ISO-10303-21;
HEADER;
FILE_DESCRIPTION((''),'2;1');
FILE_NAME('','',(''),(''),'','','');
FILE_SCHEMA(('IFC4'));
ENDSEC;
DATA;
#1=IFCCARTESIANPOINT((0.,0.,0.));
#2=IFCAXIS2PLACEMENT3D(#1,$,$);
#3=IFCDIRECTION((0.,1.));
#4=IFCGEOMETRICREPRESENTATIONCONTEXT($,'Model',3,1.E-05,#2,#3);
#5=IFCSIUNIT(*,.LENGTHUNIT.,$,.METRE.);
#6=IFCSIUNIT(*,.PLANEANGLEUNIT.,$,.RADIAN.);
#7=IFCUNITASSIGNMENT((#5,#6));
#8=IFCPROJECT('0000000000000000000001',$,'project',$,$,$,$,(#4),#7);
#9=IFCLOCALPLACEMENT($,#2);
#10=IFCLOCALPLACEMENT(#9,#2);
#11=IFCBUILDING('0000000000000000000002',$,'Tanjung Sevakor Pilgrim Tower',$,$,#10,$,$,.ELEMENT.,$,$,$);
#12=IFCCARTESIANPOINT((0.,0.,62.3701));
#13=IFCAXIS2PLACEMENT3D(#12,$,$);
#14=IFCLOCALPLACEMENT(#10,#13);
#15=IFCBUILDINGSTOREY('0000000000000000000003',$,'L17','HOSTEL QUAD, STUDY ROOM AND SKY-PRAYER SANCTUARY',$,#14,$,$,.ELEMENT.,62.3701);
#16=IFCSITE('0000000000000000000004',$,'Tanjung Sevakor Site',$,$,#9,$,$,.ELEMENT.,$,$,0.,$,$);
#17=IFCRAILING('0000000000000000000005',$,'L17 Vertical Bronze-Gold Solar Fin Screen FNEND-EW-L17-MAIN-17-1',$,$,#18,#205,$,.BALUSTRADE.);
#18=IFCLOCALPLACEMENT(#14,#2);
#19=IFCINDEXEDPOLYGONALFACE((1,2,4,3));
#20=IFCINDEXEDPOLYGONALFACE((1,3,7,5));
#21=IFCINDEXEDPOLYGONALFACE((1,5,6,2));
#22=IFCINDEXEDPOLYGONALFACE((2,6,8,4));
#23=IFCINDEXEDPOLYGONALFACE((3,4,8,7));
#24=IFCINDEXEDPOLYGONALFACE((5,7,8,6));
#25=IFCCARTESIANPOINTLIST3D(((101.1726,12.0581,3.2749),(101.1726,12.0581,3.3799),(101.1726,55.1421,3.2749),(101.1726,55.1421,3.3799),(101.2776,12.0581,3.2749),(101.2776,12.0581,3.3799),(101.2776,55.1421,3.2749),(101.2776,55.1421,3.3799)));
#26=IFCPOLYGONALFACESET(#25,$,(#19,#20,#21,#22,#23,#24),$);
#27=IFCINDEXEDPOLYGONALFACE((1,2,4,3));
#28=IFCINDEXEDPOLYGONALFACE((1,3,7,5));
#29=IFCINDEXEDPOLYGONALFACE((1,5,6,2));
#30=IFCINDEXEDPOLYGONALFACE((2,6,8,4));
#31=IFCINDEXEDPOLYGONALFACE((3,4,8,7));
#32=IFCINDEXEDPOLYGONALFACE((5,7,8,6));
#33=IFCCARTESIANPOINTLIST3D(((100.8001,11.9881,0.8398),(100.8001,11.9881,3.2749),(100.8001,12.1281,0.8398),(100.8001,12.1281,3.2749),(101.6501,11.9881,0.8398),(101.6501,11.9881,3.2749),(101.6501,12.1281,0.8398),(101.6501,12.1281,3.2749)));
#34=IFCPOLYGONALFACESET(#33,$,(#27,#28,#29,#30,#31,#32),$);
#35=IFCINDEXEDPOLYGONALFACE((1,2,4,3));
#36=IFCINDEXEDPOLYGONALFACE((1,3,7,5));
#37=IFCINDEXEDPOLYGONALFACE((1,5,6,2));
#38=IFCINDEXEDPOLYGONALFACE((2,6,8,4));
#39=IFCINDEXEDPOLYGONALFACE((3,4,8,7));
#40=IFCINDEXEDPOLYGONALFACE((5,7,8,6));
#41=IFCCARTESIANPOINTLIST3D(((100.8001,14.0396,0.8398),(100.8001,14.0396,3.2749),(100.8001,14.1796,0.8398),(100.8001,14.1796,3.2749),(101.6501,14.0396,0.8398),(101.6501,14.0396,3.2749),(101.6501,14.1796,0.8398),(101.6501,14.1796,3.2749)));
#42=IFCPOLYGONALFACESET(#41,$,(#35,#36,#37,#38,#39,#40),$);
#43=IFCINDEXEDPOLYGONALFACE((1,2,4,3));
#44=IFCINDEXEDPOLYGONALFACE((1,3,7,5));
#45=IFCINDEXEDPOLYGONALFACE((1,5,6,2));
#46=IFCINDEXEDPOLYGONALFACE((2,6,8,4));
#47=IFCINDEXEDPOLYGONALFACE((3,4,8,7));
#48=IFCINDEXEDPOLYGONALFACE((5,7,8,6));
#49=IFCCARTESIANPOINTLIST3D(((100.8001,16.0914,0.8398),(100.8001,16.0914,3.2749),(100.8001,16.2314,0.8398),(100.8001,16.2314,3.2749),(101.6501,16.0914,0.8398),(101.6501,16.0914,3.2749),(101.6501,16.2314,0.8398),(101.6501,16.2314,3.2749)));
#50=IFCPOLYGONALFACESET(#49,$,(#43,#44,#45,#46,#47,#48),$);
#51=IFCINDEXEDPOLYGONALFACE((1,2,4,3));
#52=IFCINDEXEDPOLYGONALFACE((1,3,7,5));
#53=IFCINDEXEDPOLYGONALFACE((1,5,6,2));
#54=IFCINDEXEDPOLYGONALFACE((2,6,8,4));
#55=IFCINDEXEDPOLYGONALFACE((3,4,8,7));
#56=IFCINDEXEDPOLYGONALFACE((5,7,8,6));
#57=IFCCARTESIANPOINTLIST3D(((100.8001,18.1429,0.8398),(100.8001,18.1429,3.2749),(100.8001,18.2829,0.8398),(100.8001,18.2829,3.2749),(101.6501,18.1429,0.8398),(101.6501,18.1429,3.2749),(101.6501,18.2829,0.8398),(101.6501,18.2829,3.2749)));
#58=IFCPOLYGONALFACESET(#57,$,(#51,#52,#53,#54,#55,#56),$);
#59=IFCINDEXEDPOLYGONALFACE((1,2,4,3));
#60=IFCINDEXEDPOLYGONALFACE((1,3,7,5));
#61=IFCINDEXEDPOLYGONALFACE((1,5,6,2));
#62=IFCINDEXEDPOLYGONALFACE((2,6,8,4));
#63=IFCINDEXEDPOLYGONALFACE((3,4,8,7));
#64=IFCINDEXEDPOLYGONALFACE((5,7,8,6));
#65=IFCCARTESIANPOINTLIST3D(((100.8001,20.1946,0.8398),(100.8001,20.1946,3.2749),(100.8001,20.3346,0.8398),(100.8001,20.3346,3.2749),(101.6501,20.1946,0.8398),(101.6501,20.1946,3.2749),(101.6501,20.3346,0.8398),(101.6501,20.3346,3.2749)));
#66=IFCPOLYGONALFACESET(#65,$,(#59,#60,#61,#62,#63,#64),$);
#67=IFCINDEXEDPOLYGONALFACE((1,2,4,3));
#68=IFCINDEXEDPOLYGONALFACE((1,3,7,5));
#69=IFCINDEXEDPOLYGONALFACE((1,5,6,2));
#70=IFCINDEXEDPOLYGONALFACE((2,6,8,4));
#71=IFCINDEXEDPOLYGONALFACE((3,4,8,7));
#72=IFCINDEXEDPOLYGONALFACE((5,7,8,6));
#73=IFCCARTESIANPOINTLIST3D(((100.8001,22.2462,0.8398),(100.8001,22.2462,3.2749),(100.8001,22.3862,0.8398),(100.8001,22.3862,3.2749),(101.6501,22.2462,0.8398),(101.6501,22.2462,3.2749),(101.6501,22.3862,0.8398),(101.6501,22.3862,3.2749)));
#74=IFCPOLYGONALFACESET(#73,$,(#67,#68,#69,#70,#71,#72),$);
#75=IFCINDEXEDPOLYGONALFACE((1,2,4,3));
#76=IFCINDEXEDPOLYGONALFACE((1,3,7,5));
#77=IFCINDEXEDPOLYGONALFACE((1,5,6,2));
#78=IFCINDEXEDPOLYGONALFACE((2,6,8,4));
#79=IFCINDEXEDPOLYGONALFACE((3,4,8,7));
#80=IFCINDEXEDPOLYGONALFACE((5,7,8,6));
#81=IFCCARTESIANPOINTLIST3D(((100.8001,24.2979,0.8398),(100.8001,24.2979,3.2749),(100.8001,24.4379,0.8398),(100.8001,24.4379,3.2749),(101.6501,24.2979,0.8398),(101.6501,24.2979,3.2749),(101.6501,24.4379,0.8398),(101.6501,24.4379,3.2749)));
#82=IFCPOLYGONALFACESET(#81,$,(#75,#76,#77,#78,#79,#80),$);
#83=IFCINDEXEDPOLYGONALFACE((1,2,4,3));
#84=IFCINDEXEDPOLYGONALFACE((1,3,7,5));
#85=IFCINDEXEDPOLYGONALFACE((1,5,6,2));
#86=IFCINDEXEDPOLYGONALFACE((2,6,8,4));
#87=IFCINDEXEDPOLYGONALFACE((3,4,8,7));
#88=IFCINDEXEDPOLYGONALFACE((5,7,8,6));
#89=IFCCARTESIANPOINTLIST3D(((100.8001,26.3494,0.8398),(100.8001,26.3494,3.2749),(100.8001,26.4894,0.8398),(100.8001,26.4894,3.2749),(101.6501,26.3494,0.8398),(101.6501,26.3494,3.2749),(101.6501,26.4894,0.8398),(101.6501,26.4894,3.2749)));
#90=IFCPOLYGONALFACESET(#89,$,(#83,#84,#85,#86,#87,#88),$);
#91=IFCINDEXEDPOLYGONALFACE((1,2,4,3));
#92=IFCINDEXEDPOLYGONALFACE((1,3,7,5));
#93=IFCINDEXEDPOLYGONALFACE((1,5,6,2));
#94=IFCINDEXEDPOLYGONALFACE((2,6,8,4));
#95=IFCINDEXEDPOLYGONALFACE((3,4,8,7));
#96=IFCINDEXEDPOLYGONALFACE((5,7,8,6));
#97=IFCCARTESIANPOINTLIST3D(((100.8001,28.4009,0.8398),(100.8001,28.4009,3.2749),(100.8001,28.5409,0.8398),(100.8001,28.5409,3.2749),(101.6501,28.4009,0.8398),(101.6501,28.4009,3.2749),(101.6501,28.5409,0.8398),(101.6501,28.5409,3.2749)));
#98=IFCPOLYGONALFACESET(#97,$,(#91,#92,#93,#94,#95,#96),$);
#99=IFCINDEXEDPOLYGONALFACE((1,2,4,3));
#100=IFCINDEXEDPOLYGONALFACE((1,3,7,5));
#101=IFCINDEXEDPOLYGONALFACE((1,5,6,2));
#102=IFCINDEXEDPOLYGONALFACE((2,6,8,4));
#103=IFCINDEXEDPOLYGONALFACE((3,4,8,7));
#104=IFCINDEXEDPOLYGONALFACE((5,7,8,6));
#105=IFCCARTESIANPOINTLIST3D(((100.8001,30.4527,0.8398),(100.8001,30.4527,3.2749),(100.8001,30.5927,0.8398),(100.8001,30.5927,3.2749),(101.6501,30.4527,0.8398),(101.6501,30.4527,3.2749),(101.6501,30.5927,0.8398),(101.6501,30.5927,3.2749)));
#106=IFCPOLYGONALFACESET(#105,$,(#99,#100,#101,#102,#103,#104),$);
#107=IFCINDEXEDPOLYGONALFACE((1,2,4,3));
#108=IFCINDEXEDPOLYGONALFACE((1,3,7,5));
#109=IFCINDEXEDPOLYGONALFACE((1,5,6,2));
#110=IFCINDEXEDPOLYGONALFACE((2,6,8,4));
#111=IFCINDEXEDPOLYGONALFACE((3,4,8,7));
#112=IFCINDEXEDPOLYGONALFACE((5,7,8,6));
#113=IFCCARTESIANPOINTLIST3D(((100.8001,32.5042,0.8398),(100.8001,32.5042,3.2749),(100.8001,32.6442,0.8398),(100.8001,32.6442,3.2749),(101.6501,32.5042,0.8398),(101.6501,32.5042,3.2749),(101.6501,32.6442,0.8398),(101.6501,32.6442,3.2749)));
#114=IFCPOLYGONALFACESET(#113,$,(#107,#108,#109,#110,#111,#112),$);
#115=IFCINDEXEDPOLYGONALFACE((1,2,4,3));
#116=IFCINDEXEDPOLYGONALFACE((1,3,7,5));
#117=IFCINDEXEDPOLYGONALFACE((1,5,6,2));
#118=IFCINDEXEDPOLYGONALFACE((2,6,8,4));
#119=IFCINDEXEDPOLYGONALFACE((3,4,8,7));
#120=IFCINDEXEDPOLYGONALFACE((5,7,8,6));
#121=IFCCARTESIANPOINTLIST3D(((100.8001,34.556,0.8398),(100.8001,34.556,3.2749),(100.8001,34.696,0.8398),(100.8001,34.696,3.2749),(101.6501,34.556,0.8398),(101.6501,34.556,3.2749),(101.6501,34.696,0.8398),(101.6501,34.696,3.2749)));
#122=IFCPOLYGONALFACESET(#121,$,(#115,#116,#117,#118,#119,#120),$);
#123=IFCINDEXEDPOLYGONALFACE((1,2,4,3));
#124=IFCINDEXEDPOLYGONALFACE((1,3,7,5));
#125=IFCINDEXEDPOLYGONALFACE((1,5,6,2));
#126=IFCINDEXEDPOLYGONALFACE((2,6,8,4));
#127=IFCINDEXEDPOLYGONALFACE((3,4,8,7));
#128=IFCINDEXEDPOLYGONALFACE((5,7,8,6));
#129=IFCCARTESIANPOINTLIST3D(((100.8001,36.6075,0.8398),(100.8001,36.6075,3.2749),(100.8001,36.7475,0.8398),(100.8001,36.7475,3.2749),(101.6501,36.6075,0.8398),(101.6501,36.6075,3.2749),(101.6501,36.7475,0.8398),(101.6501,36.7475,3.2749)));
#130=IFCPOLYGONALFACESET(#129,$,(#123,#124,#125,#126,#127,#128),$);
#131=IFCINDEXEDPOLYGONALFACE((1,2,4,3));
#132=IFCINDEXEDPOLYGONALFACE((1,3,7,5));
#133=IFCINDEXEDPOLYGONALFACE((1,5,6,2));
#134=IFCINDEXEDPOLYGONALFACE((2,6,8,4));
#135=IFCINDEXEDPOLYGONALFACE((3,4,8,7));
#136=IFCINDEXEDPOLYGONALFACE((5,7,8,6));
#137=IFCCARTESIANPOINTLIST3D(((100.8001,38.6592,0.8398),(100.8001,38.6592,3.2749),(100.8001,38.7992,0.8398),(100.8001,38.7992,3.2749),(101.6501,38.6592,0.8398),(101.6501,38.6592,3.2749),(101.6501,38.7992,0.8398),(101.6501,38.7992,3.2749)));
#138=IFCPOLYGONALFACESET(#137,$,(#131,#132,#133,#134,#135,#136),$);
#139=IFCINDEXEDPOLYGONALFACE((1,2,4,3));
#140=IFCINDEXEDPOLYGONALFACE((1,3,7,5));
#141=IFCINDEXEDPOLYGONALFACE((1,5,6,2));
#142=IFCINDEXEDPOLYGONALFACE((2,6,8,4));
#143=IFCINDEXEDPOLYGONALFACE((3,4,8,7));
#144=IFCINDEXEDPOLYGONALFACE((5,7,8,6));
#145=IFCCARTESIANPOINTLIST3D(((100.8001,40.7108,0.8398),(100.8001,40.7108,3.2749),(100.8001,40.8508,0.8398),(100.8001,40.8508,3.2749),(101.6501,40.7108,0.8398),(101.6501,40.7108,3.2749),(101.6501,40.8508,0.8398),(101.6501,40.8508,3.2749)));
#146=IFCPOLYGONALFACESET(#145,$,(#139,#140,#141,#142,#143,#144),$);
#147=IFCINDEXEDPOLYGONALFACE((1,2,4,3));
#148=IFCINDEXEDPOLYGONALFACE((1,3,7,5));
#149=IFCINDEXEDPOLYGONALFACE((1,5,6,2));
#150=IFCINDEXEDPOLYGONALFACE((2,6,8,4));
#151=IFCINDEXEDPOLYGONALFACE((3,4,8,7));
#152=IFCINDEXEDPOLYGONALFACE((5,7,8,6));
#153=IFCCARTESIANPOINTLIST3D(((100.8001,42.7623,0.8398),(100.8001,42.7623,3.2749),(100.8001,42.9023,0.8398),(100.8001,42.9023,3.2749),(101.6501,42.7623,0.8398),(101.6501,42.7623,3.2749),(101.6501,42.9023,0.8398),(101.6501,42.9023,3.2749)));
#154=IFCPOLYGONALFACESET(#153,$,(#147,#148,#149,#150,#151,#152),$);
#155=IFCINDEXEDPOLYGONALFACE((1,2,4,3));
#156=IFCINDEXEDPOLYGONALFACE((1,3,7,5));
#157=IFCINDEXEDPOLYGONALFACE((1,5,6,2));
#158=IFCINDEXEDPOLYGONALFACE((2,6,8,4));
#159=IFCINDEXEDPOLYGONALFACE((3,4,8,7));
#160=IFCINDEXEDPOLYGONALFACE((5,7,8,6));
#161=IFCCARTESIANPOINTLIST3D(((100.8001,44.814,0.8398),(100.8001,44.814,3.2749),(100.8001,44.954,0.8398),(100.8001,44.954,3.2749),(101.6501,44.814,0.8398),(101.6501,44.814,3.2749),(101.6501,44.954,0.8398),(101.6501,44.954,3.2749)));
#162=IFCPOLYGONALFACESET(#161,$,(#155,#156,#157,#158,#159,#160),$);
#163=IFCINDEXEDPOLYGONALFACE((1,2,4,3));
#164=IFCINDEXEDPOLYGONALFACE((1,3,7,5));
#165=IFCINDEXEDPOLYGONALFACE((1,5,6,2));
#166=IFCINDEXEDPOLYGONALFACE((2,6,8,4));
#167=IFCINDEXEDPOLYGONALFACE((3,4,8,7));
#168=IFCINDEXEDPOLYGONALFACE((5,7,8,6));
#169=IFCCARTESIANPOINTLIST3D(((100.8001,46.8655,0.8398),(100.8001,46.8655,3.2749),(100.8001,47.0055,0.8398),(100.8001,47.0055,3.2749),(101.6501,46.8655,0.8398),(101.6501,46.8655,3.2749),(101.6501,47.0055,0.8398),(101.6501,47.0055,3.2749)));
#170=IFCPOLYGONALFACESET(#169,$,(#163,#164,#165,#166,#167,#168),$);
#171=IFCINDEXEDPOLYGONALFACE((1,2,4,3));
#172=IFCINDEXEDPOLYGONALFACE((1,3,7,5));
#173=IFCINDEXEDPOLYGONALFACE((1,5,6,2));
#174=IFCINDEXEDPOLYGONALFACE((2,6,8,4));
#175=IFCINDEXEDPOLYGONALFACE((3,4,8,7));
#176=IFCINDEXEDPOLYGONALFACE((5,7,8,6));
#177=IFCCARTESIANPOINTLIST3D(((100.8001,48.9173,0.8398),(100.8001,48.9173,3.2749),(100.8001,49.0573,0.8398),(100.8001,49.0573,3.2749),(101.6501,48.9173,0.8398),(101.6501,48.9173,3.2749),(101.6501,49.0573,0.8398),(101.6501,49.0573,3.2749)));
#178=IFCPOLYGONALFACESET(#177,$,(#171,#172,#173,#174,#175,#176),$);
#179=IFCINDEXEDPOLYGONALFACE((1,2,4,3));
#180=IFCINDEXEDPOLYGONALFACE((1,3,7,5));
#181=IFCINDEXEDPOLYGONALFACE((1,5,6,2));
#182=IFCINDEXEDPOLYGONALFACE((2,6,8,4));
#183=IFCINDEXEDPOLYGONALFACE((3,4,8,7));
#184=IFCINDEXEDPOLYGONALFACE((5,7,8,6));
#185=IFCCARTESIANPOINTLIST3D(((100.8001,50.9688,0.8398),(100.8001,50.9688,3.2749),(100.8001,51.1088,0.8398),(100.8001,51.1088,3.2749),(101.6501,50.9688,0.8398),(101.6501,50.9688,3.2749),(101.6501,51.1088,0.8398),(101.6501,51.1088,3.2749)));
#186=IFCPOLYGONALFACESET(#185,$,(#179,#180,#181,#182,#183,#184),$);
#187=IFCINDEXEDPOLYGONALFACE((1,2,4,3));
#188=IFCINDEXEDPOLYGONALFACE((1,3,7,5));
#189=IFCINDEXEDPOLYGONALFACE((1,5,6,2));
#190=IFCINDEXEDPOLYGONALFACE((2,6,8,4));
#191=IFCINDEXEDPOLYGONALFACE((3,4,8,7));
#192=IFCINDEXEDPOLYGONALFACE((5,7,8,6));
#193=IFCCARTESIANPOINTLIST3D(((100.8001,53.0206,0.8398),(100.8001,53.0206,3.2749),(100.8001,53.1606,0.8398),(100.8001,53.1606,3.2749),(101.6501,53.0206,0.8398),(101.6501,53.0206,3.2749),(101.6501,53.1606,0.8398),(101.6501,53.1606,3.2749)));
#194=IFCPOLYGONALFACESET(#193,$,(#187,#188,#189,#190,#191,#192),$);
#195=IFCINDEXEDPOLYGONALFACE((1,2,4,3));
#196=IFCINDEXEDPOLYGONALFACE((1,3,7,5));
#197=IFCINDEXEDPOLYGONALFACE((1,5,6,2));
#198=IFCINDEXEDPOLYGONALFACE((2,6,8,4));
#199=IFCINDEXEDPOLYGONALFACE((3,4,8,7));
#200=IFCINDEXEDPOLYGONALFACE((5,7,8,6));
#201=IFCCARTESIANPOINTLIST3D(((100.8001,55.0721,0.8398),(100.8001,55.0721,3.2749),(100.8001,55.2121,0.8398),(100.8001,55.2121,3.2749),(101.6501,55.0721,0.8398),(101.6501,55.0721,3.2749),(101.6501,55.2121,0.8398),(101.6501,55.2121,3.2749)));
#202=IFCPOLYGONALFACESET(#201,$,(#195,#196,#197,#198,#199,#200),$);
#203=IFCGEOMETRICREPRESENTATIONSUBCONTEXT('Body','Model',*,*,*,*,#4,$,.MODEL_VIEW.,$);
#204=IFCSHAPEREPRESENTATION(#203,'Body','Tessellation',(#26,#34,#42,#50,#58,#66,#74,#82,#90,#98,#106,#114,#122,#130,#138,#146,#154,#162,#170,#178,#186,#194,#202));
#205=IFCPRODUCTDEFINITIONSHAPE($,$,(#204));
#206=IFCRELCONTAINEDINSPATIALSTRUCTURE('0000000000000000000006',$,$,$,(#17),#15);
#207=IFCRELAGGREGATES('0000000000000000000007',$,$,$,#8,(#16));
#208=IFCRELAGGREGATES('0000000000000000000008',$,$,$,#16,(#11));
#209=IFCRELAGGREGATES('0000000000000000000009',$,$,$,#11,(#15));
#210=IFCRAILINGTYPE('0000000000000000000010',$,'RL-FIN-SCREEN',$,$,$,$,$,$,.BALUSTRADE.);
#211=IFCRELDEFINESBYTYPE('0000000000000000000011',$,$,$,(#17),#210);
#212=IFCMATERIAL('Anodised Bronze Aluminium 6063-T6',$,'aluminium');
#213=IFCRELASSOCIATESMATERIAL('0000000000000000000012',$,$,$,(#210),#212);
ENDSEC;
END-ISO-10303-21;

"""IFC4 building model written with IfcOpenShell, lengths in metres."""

from ifc_helpers import new_model, si_unit, direction, frame, origin, place, context, subcontext, project, spatial, rectangle, extrude, material, type_object, element, save


model = new_model("IFC4")

# Units and contexts
model_context = context("Model", 3, precision=1e-05, world=origin(), true_north=direction((0.0, 1.0)))
body_context = subcontext(model_context, "Body", "Model", "MODEL_VIEW")
ifc_project = project(units=[si_unit("LENGTHUNIT", "METRE"), si_unit("PLANEANGLEUNIT", "RADIAN")], contexts=[model_context])

# Site, building, storey
site_placement = place(None, origin())
site = spatial("IfcSite", under=ifc_project, at=site_placement, Name="Tanjung Sevakor Site", CompositionType="ELEMENT", RefElevation=0.0)
building_placement = place(site_placement, origin())
building = spatial("IfcBuilding", under=site, at=building_placement, Name="Tanjung Sevakor Pilgrim Tower", CompositionType="ELEMENT")
storey_placement = place(building_placement, frame((0.0, 0.0, 62.3701)))
storey = spatial("IfcBuildingStorey", under=building, at=storey_placement, Name="L17", Description="HOSTEL QUAD, STUDY ROOM AND SKY-PRAYER SANCTUARY", CompositionType="ELEMENT", Elevation=62.3701)

# Railing
ifc_material_1 = material(Name="Anodised Bronze Aluminium 6063-T6", Category="aluminium")
railing_type = type_object("IfcRailingType", Name="RL-FIN-SCREEN", PredefinedType="BALUSTRADE", material=ifc_material_1)
railing_placement = place(storey_placement, frame((101.2251, 12.0581, 0.8398)))
element("IfcRailing", 1, at=railing_placement, inside=storey, type_object=railing_type, Name="L17 Vertical Bronze-Gold Solar Fin Screen FNEND-EW-L17-MAIN-17-1", PredefinedType="BALUSTRADE", context=body_context, shape_type="SweptSolid", body=[
    extrude(rectangle(XDim=0.105, YDim=0.105), frame((0.0, 0.0, 2.4875), z_axis=(0.0, 1.0, 0.0), x_axis=(-1.0, 0.0, 0.0)), (0.0, 0.0, 1.0), 43.084),
    extrude(rectangle(XDim=0.85, YDim=0.14), origin(), (0.0, 0.0, 1.0), 2.4351),
    extrude(rectangle(XDim=0.85, YDim=0.14), frame((0.0, 2.0515, 0.0)), (0.0, 0.0, 1.0), 2.4351),
    extrude(rectangle(XDim=0.85, YDim=0.14), frame((0.0, 4.1033, 0.0)), (0.0, 0.0, 1.0), 2.4351),
    extrude(rectangle(XDim=0.85, YDim=0.14), frame((0.0, 6.1548, 0.0)), (0.0, 0.0, 1.0), 2.4351),
    extrude(rectangle(XDim=0.85, YDim=0.14), frame((0.0, 8.2065, 0.0)), (0.0, 0.0, 1.0), 2.4351),
    extrude(rectangle(XDim=0.85, YDim=0.14), frame((0.0, 10.2581, 0.0)), (0.0, 0.0, 1.0), 2.4351),
    extrude(rectangle(XDim=0.85, YDim=0.14), frame((0.0, 12.3098, 0.0)), (0.0, 0.0, 1.0), 2.4351),
    extrude(rectangle(XDim=0.85, YDim=0.14), frame((0.0, 14.3613, 0.0)), (0.0, 0.0, 1.0), 2.4351),
    extrude(rectangle(XDim=0.85, YDim=0.14), frame((0.0, 16.4128, 0.0)), (0.0, 0.0, 1.0), 2.4351),
    extrude(rectangle(XDim=0.85, YDim=0.14), frame((0.0, 18.4646, 0.0)), (0.0, 0.0, 1.0), 2.4351),
    extrude(rectangle(XDim=0.85, YDim=0.14), frame((0.0, 20.5161, 0.0)), (0.0, 0.0, 1.0), 2.4351),
    extrude(rectangle(XDim=0.85, YDim=0.14), frame((0.0, 22.5679, 0.0)), (0.0, 0.0, 1.0), 2.4351),
    extrude(rectangle(XDim=0.85, YDim=0.14), frame((0.0, 24.6194, 0.0)), (0.0, 0.0, 1.0), 2.4351),
    extrude(rectangle(XDim=0.85, YDim=0.14), frame((0.0, 26.6711, 0.0)), (0.0, 0.0, 1.0), 2.4351),
    extrude(rectangle(XDim=0.85, YDim=0.14), frame((0.0, 28.7227, 0.0)), (0.0, 0.0, 1.0), 2.4351),
    extrude(rectangle(XDim=0.85, YDim=0.14), frame((0.0, 30.7742, 0.0)), (0.0, 0.0, 1.0), 2.4351),
    extrude(rectangle(XDim=0.85, YDim=0.14), frame((0.0, 32.8259, 0.0)), (0.0, 0.0, 1.0), 2.4351),
    extrude(rectangle(XDim=0.85, YDim=0.14), frame((0.0, 34.8774, 0.0)), (0.0, 0.0, 1.0), 2.4351),
    extrude(rectangle(XDim=0.85, YDim=0.14), frame((0.0, 36.9292, 0.0)), (0.0, 0.0, 1.0), 2.4351),
    extrude(rectangle(XDim=0.85, YDim=0.14), frame((0.0, 38.9807, 0.0)), (0.0, 0.0, 1.0), 2.4351),
    extrude(rectangle(XDim=0.85, YDim=0.14), frame((0.0, 41.0325, 0.0)), (0.0, 0.0, 1.0), 2.4351),
    extrude(rectangle(XDim=0.85, YDim=0.14), frame((0.0, 43.084, 0.0)), (0.0, 0.0, 1.0), 2.4351),
])

save(model, "model.ifc")
